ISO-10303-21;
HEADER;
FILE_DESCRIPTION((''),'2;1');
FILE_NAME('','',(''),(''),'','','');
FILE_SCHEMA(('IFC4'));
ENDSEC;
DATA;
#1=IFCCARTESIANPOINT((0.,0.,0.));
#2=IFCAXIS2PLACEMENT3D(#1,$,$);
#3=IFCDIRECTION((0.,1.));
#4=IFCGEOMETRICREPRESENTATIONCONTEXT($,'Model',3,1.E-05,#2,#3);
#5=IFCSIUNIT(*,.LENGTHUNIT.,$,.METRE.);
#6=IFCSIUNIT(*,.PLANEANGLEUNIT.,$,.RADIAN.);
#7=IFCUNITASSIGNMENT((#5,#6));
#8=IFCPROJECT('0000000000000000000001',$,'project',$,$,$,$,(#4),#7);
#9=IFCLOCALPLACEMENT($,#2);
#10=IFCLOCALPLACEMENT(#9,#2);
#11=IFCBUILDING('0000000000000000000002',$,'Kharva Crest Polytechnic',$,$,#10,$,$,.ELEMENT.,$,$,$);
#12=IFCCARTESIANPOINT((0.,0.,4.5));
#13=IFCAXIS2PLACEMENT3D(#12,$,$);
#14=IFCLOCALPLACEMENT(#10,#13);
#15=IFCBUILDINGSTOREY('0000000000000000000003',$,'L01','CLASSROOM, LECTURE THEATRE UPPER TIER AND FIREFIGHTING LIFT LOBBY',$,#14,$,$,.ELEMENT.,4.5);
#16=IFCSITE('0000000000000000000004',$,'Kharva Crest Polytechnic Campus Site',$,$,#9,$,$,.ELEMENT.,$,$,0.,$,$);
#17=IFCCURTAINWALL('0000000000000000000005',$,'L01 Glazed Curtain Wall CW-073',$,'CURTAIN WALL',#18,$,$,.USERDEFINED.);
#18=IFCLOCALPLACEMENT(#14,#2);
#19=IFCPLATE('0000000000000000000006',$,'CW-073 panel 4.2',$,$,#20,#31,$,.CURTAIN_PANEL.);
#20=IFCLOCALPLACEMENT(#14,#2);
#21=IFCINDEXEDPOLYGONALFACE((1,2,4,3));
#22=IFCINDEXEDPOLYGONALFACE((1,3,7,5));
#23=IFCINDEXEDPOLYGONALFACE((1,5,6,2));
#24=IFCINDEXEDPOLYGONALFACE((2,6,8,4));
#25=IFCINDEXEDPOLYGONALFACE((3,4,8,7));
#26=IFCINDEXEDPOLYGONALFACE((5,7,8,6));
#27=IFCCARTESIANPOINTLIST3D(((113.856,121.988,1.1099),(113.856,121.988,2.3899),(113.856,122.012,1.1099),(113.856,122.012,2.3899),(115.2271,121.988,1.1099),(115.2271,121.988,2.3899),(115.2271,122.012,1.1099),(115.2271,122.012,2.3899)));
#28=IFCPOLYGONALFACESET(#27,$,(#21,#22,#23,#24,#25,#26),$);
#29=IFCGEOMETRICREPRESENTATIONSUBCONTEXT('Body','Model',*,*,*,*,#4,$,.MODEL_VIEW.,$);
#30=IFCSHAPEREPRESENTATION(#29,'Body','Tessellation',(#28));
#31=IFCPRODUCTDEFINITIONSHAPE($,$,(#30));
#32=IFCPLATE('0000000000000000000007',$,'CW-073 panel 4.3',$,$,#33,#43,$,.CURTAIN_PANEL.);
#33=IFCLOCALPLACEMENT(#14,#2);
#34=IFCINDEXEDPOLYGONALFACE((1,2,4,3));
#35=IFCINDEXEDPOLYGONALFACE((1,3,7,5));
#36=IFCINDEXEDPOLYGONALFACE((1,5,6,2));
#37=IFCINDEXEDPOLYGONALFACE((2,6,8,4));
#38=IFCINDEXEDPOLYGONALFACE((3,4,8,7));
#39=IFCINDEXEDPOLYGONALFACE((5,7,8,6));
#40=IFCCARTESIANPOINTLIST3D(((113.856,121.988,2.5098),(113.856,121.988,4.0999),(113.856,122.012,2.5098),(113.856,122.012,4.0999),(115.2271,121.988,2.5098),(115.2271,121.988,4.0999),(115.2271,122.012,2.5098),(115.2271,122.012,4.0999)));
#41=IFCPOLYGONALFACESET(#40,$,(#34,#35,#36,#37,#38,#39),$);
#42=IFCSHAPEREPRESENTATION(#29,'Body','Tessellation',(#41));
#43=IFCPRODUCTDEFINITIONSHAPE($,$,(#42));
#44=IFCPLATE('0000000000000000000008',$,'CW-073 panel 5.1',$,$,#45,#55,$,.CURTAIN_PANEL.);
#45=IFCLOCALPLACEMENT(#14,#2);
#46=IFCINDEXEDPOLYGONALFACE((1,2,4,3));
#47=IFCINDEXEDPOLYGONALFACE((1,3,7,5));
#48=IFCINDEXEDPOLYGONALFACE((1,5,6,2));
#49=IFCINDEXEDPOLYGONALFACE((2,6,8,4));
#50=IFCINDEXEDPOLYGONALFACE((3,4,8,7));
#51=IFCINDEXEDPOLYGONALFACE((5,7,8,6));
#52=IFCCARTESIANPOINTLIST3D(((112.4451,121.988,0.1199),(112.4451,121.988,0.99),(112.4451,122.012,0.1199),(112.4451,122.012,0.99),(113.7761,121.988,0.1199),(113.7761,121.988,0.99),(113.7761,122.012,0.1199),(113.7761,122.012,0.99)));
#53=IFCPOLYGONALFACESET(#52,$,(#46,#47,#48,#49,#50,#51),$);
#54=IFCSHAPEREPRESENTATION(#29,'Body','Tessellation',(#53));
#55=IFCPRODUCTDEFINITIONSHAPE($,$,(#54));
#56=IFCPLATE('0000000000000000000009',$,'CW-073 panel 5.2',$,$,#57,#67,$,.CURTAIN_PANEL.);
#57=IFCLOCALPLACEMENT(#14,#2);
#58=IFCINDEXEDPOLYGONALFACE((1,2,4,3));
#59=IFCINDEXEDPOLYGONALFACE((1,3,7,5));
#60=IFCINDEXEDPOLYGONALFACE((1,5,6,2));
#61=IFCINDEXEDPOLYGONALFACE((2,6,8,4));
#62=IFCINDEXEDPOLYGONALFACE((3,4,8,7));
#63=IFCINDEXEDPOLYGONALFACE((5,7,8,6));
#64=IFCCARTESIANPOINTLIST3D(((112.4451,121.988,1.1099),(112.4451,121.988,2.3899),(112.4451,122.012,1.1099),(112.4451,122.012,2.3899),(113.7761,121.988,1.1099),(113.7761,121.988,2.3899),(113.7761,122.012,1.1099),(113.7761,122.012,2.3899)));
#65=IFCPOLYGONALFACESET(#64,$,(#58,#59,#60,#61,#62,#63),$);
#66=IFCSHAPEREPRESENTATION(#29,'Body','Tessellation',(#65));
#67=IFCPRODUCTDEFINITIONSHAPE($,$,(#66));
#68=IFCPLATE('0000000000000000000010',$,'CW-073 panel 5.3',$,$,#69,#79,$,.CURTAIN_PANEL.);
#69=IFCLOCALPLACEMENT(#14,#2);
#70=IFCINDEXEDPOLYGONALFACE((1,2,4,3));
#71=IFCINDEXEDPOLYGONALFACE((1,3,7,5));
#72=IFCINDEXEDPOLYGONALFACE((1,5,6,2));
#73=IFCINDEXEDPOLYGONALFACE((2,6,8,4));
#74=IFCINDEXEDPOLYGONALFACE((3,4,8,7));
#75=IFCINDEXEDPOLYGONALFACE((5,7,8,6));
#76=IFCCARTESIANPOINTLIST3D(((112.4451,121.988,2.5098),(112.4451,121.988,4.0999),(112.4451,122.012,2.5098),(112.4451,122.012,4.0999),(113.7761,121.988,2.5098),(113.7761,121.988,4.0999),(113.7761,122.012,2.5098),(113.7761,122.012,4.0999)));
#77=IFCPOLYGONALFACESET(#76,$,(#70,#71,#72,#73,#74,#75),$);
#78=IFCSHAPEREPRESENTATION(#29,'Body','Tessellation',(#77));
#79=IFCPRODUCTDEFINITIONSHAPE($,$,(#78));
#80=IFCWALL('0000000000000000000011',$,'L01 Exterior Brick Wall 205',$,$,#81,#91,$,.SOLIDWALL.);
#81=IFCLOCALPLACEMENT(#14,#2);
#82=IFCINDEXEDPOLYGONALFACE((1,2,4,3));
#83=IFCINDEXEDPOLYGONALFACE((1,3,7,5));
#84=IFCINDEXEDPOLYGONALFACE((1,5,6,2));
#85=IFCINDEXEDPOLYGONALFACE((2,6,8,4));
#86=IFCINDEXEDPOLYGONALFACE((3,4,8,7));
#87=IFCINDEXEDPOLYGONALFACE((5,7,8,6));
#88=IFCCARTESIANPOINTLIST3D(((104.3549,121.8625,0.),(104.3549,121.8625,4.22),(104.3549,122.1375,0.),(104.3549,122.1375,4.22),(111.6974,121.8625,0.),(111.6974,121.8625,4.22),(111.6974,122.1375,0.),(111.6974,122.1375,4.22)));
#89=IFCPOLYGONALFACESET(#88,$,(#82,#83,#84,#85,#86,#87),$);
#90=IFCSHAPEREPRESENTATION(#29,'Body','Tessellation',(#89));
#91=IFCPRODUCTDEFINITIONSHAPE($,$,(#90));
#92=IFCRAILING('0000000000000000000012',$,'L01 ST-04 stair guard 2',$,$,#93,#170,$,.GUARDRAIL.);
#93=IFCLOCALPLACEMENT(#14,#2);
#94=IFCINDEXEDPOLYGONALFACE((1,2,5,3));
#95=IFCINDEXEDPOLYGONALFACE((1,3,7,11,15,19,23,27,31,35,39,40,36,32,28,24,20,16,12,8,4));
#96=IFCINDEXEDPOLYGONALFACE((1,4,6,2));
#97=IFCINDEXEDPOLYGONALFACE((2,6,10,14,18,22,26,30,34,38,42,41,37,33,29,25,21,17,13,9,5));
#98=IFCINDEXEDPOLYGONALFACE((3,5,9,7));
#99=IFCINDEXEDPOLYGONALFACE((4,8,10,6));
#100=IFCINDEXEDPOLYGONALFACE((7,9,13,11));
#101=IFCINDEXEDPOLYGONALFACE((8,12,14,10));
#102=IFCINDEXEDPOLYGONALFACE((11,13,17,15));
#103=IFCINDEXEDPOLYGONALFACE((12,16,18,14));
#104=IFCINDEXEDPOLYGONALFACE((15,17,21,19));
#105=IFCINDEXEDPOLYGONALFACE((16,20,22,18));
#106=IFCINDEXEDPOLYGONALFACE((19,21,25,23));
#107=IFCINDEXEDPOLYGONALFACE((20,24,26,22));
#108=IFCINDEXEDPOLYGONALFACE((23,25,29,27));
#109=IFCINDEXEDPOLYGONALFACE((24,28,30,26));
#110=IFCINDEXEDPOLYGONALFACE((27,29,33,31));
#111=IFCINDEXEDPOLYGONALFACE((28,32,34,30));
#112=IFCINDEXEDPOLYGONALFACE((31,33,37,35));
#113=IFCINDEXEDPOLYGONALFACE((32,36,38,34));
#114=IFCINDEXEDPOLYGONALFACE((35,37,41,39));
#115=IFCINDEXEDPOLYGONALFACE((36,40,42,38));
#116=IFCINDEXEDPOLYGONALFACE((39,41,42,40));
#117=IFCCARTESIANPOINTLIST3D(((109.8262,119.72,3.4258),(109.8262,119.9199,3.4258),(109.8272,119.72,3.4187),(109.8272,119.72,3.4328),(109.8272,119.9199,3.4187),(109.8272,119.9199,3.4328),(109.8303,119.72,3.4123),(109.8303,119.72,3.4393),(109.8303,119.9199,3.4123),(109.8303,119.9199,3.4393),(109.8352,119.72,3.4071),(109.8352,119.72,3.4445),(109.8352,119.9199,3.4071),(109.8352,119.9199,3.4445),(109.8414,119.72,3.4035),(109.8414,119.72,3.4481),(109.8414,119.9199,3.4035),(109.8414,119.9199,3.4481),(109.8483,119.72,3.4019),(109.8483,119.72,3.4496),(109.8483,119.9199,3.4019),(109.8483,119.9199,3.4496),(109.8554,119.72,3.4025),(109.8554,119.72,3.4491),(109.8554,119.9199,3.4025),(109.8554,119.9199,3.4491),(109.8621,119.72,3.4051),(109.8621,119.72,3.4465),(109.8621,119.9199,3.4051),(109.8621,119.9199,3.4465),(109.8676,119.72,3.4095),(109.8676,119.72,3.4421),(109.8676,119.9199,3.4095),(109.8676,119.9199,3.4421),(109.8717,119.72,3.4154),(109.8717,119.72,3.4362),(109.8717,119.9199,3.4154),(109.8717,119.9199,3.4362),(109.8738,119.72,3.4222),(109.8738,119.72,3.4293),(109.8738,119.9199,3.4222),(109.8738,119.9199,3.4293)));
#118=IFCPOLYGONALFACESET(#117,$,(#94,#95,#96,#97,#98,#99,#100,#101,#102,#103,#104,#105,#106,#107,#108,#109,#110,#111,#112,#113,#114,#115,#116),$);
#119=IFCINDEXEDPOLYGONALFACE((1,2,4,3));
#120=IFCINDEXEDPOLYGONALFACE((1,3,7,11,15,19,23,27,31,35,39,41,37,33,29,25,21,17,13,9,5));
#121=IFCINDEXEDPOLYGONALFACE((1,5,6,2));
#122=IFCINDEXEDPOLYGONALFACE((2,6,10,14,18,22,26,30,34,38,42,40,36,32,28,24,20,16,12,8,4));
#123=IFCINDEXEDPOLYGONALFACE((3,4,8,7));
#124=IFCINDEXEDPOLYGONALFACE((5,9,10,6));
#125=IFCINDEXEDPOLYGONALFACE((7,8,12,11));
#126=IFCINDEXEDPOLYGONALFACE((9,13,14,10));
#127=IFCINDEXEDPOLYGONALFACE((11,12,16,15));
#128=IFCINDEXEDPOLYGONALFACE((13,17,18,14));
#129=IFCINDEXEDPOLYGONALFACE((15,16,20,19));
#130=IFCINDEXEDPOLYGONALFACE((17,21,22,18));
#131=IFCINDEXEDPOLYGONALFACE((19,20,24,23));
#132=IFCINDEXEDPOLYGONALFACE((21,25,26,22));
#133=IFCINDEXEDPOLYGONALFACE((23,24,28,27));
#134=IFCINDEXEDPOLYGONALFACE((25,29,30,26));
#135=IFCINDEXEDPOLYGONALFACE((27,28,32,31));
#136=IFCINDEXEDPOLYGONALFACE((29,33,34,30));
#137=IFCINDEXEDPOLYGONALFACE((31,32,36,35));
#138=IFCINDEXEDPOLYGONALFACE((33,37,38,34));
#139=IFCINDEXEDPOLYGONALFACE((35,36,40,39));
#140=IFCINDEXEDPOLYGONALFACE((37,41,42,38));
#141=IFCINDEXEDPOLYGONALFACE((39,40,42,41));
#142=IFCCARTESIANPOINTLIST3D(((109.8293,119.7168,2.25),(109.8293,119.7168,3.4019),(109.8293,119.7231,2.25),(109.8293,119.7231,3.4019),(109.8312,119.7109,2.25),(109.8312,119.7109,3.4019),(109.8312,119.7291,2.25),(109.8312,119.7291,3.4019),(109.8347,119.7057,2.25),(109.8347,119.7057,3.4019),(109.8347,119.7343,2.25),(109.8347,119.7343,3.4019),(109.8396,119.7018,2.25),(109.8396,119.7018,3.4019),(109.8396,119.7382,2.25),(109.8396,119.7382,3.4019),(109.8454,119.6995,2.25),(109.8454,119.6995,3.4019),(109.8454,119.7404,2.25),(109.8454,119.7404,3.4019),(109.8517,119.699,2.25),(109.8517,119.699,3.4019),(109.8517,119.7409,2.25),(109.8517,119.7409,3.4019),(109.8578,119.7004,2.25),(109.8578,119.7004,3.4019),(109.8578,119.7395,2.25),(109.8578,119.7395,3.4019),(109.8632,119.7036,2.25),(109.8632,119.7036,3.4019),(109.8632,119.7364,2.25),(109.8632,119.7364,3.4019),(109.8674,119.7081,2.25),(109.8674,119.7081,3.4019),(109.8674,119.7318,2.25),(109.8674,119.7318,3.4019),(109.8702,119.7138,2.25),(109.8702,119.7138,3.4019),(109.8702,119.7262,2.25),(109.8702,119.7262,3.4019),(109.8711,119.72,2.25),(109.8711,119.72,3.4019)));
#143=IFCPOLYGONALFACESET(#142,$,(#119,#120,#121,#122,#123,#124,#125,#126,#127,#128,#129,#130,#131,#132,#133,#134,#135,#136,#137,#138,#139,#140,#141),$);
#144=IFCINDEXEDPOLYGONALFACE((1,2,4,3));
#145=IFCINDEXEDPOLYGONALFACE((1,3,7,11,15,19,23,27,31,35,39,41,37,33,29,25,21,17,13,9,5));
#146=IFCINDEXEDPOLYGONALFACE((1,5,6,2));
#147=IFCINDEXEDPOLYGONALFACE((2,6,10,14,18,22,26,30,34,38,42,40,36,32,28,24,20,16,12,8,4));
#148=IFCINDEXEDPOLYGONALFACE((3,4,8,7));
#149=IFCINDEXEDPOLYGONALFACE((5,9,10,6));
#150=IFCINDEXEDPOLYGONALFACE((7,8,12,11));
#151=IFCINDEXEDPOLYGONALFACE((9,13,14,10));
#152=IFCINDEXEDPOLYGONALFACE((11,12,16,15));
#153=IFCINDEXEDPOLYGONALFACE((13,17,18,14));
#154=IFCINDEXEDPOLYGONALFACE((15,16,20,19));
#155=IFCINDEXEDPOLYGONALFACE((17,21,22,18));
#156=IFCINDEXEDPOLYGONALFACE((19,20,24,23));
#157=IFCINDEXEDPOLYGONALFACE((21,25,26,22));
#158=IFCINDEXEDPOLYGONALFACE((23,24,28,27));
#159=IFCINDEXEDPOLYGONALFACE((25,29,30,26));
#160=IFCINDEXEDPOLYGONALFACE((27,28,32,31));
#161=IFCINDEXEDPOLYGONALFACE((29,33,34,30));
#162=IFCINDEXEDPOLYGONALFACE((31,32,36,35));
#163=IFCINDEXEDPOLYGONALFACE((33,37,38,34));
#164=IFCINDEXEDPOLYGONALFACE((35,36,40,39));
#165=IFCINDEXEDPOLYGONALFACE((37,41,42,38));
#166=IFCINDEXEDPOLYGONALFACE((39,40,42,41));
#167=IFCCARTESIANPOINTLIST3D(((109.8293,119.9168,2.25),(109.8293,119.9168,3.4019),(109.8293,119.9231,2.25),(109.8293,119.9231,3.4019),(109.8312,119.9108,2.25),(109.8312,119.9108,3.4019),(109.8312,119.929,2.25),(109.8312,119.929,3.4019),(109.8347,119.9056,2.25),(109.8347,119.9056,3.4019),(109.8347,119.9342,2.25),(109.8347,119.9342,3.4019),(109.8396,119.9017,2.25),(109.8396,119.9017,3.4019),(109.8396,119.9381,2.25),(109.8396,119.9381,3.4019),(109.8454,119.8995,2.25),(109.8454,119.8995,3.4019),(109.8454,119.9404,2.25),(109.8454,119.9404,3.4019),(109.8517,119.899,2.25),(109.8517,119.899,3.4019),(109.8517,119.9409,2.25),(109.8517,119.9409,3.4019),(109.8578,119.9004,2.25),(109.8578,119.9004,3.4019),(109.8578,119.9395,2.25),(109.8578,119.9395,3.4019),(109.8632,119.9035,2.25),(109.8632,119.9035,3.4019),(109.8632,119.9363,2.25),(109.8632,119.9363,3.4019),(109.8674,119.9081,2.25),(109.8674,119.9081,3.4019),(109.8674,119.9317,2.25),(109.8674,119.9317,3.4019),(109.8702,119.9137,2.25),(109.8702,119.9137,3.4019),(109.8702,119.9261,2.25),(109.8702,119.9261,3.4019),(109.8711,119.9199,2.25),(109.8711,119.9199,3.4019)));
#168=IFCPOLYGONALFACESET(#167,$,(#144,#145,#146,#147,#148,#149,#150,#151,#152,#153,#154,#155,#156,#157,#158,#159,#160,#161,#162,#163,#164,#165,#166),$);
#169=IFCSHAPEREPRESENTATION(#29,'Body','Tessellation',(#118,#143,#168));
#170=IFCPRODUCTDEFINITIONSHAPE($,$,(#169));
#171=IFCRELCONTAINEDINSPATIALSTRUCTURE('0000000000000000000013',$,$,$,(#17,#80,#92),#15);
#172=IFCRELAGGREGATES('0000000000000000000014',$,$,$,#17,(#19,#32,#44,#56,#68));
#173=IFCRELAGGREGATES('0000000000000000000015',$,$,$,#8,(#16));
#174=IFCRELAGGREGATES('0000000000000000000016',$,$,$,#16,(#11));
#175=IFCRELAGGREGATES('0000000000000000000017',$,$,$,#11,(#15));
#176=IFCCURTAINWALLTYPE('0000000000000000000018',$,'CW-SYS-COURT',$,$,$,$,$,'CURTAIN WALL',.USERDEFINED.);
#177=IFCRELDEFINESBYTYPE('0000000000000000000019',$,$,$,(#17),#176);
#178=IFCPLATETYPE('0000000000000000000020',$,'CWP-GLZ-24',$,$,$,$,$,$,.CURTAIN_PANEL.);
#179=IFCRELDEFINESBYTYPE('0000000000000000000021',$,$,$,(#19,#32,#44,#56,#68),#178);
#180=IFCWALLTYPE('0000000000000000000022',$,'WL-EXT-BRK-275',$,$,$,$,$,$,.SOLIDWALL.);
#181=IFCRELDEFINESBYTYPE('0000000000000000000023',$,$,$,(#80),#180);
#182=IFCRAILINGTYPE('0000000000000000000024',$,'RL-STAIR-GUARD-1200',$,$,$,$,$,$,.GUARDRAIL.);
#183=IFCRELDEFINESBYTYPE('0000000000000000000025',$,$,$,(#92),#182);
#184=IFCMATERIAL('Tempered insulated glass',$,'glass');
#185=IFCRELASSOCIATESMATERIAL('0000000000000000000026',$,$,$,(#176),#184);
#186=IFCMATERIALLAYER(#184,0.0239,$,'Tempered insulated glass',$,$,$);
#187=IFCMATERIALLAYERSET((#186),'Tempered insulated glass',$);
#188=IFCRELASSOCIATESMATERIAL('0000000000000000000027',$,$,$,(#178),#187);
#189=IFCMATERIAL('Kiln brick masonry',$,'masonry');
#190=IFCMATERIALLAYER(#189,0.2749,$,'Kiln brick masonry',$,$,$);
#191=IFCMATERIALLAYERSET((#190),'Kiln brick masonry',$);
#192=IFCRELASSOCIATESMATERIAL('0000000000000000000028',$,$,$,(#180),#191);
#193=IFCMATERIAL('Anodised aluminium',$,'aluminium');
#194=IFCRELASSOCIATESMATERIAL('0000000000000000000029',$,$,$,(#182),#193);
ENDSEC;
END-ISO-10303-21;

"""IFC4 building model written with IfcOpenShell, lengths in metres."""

from ifc_helpers import new_model, si_unit, direction, frame, frame_2d, origin, origin_2d, place, context, subcontext, project, spatial, rectangle, circle, extrude, material, layer, layer_set, type_object, element, aggregate, save


model = new_model("IFC4")

# Units and contexts
model_context = context("Model", 3, precision=1e-05, world=origin(), true_north=direction((0.0, 1.0)))
body_context = subcontext(model_context, "Body", "Model", "MODEL_VIEW")
ifc_project = project(units=[si_unit("LENGTHUNIT", "METRE"), si_unit("PLANEANGLEUNIT", "RADIAN")], contexts=[model_context])

# Site, building, storey
site_placement = place(None, origin())
site = spatial("IfcSite", under=ifc_project, at=site_placement, Name="Kharva Crest Polytechnic Campus Site", CompositionType="ELEMENT", RefElevation=0.0)
building_placement = place(site_placement, origin())
building = spatial("IfcBuilding", under=site, at=building_placement, Name="Kharva Crest Polytechnic", CompositionType="ELEMENT")
storey_placement = place(building_placement, frame((0.0, 0.0, 4.5)))
storey = spatial("IfcBuildingStorey", under=building, at=storey_placement, Name="L01", Description="CLASSROOM, LECTURE THEATRE UPPER TIER AND FIREFIGHTING LIFT LOBBY", CompositionType="ELEMENT", Elevation=4.5)

# Curtain wall, plates
ifc_material_1 = material(Name="Tempered insulated glass", Category="glass")
curtain_wall_type = type_object("IfcCurtainWallType", Name="CW-SYS-COURT", ElementType="CURTAIN WALL", PredefinedType="USERDEFINED", material=ifc_material_1)
curtain_wall_placement = place(storey_placement, origin())
curtain_wall = element("IfcCurtainWall", 1, at=curtain_wall_placement, inside=storey, type_object=curtain_wall_type, Name="L01 Glazed Curtain Wall CW-073", ObjectType="CURTAIN WALL", PredefinedType="USERDEFINED")
ifc_layer_1 = layer(ifc_material_1, 0.0239, Name="Tempered insulated glass")
ifc_layer_set_1 = layer_set([ifc_layer_1], Name="Tempered insulated glass")
plate_type = type_object("IfcPlateType", Name="CWP-GLZ-24", PredefinedType="CURTAIN_PANEL", material=ifc_layer_set_1)
plate_1_placement = place(storey_placement, frame((114.5415, 122.0, 1.1099), z_axis=(0.0, 0.0, 1.0), x_axis=(-1.0, 0.0, 0.0)))
plate_1 = element("IfcPlate", 2, at=plate_1_placement, type_object=plate_type, Name="CW-073 panel 4.2", PredefinedType="CURTAIN_PANEL", context=body_context, shape_type="SweptSolid", body=[
    extrude(rectangle(XDim=1.3711, YDim=0.0239, at=origin_2d()), origin(), (0.0, 0.0, 1.0), 1.28),
])
plate_2_placement = place(storey_placement, frame((114.5415, 122.0, 2.5098), z_axis=(0.0, 0.0, 1.0), x_axis=(-1.0, 0.0, 0.0)))
plate_2 = element("IfcPlate", 3, at=plate_2_placement, type_object=plate_type, Name="CW-073 panel 4.3", PredefinedType="CURTAIN_PANEL", context=body_context, shape_type="SweptSolid", body=[
    extrude(rectangle(XDim=1.3711, YDim=0.0239, at=origin_2d()), origin(), (0.0, 0.0, 1.0), 1.5901),
])
plate_3_placement = place(storey_placement, frame((113.1106, 122.0, 0.1199), z_axis=(0.0, 0.0, 1.0), x_axis=(-1.0, 0.0, 0.0)))
plate_3 = element("IfcPlate", 4, at=plate_3_placement, type_object=plate_type, Name="CW-073 panel 5.1", PredefinedType="CURTAIN_PANEL", context=body_context, shape_type="SweptSolid", body=[
    extrude(rectangle(XDim=1.3311, YDim=0.0239, at=origin_2d()), origin(), (0.0, 0.0, 1.0), 0.8701),
])
plate_4_placement = place(storey_placement, frame((113.1106, 122.0, 1.1099), z_axis=(0.0, 0.0, 1.0), x_axis=(-1.0, 0.0, 0.0)))
plate_4 = element("IfcPlate", 5, at=plate_4_placement, type_object=plate_type, Name="CW-073 panel 5.2", PredefinedType="CURTAIN_PANEL", context=body_context, shape_type="SweptSolid", body=[
    extrude(rectangle(XDim=1.3311, YDim=0.0239, at=origin_2d()), origin(), (0.0, 0.0, 1.0), 1.28),
])
plate_5_placement = place(storey_placement, frame((113.1106, 122.0, 2.5098), z_axis=(0.0, 0.0, 1.0), x_axis=(-1.0, 0.0, 0.0)))
plate_5 = element("IfcPlate", 6, at=plate_5_placement, type_object=plate_type, Name="CW-073 panel 5.3", PredefinedType="CURTAIN_PANEL", context=body_context, shape_type="SweptSolid", body=[
    extrude(rectangle(XDim=1.3311, YDim=0.0239, at=origin_2d()), origin(), (0.0, 0.0, 1.0), 1.5901),
])
aggregate(curtain_wall, [plate_1, plate_2, plate_3, plate_4, plate_5])

# Wall
ifc_material_2 = material(Name="Kiln brick masonry", Category="masonry")
ifc_layer_2 = layer(ifc_material_2, 0.2749, Name="Kiln brick masonry")
ifc_layer_set_2 = layer_set([ifc_layer_2], Name="Kiln brick masonry")
wall_type = type_object("IfcWallType", Name="WL-EXT-BRK-275", PredefinedType="SOLIDWALL", material=ifc_layer_set_2)
wall_placement = place(storey_placement, frame((111.6975, 122.0, 0.0), z_axis=(0.0, 0.0, 1.0), x_axis=(-1.0, 0.0, 0.0)))
element("IfcWall", 7, at=wall_placement, inside=storey, type_object=wall_type, Name="L01 Exterior Brick Wall 205", PredefinedType="SOLIDWALL", context=body_context, shape_type="SweptSolid", body=[
    extrude(rectangle(XDim=7.3425, YDim=0.2749, at=frame_2d((3.6714, 0.0))), origin(), (0.0, 0.0, 1.0), 4.22),
])

# Railing
ifc_material_3 = material(Name="Anodised aluminium", Category="aluminium")
railing_type_1 = type_object("IfcRailingType", Name="RL-STAIR-GUARD-1200", PredefinedType="GUARDRAIL", material=ifc_material_3)
railing_1_placement = place(storey_placement, frame((109.8501, 119.72, 2.25)))
element("IfcRailing", 8, at=railing_1_placement, inside=storey, type_object=railing_type_1, Name="L01 ST-04 stair guard 2", PredefinedType="GUARDRAIL", context=body_context, shape_type="SweptSolid", body=[
    extrude(circle(Radius=0.0239, at=origin_2d()), frame((0.0, 0.0, 1.1758), z_axis=(0.0, 1.0, 0.0), x_axis=(-1.0, 0.0, 0.0)), (0.0, 0.0, 1.0), 0.2),
    extrude(circle(Radius=0.021, at=origin_2d()), origin(), (0.0, 0.0, 1.0), 1.1519),
    extrude(circle(Radius=0.021, at=origin_2d()), frame((0.0, 0.2, 0.0)), (0.0, 0.0, 1.0), 1.1519),
])

save(model, "model.ifc")
